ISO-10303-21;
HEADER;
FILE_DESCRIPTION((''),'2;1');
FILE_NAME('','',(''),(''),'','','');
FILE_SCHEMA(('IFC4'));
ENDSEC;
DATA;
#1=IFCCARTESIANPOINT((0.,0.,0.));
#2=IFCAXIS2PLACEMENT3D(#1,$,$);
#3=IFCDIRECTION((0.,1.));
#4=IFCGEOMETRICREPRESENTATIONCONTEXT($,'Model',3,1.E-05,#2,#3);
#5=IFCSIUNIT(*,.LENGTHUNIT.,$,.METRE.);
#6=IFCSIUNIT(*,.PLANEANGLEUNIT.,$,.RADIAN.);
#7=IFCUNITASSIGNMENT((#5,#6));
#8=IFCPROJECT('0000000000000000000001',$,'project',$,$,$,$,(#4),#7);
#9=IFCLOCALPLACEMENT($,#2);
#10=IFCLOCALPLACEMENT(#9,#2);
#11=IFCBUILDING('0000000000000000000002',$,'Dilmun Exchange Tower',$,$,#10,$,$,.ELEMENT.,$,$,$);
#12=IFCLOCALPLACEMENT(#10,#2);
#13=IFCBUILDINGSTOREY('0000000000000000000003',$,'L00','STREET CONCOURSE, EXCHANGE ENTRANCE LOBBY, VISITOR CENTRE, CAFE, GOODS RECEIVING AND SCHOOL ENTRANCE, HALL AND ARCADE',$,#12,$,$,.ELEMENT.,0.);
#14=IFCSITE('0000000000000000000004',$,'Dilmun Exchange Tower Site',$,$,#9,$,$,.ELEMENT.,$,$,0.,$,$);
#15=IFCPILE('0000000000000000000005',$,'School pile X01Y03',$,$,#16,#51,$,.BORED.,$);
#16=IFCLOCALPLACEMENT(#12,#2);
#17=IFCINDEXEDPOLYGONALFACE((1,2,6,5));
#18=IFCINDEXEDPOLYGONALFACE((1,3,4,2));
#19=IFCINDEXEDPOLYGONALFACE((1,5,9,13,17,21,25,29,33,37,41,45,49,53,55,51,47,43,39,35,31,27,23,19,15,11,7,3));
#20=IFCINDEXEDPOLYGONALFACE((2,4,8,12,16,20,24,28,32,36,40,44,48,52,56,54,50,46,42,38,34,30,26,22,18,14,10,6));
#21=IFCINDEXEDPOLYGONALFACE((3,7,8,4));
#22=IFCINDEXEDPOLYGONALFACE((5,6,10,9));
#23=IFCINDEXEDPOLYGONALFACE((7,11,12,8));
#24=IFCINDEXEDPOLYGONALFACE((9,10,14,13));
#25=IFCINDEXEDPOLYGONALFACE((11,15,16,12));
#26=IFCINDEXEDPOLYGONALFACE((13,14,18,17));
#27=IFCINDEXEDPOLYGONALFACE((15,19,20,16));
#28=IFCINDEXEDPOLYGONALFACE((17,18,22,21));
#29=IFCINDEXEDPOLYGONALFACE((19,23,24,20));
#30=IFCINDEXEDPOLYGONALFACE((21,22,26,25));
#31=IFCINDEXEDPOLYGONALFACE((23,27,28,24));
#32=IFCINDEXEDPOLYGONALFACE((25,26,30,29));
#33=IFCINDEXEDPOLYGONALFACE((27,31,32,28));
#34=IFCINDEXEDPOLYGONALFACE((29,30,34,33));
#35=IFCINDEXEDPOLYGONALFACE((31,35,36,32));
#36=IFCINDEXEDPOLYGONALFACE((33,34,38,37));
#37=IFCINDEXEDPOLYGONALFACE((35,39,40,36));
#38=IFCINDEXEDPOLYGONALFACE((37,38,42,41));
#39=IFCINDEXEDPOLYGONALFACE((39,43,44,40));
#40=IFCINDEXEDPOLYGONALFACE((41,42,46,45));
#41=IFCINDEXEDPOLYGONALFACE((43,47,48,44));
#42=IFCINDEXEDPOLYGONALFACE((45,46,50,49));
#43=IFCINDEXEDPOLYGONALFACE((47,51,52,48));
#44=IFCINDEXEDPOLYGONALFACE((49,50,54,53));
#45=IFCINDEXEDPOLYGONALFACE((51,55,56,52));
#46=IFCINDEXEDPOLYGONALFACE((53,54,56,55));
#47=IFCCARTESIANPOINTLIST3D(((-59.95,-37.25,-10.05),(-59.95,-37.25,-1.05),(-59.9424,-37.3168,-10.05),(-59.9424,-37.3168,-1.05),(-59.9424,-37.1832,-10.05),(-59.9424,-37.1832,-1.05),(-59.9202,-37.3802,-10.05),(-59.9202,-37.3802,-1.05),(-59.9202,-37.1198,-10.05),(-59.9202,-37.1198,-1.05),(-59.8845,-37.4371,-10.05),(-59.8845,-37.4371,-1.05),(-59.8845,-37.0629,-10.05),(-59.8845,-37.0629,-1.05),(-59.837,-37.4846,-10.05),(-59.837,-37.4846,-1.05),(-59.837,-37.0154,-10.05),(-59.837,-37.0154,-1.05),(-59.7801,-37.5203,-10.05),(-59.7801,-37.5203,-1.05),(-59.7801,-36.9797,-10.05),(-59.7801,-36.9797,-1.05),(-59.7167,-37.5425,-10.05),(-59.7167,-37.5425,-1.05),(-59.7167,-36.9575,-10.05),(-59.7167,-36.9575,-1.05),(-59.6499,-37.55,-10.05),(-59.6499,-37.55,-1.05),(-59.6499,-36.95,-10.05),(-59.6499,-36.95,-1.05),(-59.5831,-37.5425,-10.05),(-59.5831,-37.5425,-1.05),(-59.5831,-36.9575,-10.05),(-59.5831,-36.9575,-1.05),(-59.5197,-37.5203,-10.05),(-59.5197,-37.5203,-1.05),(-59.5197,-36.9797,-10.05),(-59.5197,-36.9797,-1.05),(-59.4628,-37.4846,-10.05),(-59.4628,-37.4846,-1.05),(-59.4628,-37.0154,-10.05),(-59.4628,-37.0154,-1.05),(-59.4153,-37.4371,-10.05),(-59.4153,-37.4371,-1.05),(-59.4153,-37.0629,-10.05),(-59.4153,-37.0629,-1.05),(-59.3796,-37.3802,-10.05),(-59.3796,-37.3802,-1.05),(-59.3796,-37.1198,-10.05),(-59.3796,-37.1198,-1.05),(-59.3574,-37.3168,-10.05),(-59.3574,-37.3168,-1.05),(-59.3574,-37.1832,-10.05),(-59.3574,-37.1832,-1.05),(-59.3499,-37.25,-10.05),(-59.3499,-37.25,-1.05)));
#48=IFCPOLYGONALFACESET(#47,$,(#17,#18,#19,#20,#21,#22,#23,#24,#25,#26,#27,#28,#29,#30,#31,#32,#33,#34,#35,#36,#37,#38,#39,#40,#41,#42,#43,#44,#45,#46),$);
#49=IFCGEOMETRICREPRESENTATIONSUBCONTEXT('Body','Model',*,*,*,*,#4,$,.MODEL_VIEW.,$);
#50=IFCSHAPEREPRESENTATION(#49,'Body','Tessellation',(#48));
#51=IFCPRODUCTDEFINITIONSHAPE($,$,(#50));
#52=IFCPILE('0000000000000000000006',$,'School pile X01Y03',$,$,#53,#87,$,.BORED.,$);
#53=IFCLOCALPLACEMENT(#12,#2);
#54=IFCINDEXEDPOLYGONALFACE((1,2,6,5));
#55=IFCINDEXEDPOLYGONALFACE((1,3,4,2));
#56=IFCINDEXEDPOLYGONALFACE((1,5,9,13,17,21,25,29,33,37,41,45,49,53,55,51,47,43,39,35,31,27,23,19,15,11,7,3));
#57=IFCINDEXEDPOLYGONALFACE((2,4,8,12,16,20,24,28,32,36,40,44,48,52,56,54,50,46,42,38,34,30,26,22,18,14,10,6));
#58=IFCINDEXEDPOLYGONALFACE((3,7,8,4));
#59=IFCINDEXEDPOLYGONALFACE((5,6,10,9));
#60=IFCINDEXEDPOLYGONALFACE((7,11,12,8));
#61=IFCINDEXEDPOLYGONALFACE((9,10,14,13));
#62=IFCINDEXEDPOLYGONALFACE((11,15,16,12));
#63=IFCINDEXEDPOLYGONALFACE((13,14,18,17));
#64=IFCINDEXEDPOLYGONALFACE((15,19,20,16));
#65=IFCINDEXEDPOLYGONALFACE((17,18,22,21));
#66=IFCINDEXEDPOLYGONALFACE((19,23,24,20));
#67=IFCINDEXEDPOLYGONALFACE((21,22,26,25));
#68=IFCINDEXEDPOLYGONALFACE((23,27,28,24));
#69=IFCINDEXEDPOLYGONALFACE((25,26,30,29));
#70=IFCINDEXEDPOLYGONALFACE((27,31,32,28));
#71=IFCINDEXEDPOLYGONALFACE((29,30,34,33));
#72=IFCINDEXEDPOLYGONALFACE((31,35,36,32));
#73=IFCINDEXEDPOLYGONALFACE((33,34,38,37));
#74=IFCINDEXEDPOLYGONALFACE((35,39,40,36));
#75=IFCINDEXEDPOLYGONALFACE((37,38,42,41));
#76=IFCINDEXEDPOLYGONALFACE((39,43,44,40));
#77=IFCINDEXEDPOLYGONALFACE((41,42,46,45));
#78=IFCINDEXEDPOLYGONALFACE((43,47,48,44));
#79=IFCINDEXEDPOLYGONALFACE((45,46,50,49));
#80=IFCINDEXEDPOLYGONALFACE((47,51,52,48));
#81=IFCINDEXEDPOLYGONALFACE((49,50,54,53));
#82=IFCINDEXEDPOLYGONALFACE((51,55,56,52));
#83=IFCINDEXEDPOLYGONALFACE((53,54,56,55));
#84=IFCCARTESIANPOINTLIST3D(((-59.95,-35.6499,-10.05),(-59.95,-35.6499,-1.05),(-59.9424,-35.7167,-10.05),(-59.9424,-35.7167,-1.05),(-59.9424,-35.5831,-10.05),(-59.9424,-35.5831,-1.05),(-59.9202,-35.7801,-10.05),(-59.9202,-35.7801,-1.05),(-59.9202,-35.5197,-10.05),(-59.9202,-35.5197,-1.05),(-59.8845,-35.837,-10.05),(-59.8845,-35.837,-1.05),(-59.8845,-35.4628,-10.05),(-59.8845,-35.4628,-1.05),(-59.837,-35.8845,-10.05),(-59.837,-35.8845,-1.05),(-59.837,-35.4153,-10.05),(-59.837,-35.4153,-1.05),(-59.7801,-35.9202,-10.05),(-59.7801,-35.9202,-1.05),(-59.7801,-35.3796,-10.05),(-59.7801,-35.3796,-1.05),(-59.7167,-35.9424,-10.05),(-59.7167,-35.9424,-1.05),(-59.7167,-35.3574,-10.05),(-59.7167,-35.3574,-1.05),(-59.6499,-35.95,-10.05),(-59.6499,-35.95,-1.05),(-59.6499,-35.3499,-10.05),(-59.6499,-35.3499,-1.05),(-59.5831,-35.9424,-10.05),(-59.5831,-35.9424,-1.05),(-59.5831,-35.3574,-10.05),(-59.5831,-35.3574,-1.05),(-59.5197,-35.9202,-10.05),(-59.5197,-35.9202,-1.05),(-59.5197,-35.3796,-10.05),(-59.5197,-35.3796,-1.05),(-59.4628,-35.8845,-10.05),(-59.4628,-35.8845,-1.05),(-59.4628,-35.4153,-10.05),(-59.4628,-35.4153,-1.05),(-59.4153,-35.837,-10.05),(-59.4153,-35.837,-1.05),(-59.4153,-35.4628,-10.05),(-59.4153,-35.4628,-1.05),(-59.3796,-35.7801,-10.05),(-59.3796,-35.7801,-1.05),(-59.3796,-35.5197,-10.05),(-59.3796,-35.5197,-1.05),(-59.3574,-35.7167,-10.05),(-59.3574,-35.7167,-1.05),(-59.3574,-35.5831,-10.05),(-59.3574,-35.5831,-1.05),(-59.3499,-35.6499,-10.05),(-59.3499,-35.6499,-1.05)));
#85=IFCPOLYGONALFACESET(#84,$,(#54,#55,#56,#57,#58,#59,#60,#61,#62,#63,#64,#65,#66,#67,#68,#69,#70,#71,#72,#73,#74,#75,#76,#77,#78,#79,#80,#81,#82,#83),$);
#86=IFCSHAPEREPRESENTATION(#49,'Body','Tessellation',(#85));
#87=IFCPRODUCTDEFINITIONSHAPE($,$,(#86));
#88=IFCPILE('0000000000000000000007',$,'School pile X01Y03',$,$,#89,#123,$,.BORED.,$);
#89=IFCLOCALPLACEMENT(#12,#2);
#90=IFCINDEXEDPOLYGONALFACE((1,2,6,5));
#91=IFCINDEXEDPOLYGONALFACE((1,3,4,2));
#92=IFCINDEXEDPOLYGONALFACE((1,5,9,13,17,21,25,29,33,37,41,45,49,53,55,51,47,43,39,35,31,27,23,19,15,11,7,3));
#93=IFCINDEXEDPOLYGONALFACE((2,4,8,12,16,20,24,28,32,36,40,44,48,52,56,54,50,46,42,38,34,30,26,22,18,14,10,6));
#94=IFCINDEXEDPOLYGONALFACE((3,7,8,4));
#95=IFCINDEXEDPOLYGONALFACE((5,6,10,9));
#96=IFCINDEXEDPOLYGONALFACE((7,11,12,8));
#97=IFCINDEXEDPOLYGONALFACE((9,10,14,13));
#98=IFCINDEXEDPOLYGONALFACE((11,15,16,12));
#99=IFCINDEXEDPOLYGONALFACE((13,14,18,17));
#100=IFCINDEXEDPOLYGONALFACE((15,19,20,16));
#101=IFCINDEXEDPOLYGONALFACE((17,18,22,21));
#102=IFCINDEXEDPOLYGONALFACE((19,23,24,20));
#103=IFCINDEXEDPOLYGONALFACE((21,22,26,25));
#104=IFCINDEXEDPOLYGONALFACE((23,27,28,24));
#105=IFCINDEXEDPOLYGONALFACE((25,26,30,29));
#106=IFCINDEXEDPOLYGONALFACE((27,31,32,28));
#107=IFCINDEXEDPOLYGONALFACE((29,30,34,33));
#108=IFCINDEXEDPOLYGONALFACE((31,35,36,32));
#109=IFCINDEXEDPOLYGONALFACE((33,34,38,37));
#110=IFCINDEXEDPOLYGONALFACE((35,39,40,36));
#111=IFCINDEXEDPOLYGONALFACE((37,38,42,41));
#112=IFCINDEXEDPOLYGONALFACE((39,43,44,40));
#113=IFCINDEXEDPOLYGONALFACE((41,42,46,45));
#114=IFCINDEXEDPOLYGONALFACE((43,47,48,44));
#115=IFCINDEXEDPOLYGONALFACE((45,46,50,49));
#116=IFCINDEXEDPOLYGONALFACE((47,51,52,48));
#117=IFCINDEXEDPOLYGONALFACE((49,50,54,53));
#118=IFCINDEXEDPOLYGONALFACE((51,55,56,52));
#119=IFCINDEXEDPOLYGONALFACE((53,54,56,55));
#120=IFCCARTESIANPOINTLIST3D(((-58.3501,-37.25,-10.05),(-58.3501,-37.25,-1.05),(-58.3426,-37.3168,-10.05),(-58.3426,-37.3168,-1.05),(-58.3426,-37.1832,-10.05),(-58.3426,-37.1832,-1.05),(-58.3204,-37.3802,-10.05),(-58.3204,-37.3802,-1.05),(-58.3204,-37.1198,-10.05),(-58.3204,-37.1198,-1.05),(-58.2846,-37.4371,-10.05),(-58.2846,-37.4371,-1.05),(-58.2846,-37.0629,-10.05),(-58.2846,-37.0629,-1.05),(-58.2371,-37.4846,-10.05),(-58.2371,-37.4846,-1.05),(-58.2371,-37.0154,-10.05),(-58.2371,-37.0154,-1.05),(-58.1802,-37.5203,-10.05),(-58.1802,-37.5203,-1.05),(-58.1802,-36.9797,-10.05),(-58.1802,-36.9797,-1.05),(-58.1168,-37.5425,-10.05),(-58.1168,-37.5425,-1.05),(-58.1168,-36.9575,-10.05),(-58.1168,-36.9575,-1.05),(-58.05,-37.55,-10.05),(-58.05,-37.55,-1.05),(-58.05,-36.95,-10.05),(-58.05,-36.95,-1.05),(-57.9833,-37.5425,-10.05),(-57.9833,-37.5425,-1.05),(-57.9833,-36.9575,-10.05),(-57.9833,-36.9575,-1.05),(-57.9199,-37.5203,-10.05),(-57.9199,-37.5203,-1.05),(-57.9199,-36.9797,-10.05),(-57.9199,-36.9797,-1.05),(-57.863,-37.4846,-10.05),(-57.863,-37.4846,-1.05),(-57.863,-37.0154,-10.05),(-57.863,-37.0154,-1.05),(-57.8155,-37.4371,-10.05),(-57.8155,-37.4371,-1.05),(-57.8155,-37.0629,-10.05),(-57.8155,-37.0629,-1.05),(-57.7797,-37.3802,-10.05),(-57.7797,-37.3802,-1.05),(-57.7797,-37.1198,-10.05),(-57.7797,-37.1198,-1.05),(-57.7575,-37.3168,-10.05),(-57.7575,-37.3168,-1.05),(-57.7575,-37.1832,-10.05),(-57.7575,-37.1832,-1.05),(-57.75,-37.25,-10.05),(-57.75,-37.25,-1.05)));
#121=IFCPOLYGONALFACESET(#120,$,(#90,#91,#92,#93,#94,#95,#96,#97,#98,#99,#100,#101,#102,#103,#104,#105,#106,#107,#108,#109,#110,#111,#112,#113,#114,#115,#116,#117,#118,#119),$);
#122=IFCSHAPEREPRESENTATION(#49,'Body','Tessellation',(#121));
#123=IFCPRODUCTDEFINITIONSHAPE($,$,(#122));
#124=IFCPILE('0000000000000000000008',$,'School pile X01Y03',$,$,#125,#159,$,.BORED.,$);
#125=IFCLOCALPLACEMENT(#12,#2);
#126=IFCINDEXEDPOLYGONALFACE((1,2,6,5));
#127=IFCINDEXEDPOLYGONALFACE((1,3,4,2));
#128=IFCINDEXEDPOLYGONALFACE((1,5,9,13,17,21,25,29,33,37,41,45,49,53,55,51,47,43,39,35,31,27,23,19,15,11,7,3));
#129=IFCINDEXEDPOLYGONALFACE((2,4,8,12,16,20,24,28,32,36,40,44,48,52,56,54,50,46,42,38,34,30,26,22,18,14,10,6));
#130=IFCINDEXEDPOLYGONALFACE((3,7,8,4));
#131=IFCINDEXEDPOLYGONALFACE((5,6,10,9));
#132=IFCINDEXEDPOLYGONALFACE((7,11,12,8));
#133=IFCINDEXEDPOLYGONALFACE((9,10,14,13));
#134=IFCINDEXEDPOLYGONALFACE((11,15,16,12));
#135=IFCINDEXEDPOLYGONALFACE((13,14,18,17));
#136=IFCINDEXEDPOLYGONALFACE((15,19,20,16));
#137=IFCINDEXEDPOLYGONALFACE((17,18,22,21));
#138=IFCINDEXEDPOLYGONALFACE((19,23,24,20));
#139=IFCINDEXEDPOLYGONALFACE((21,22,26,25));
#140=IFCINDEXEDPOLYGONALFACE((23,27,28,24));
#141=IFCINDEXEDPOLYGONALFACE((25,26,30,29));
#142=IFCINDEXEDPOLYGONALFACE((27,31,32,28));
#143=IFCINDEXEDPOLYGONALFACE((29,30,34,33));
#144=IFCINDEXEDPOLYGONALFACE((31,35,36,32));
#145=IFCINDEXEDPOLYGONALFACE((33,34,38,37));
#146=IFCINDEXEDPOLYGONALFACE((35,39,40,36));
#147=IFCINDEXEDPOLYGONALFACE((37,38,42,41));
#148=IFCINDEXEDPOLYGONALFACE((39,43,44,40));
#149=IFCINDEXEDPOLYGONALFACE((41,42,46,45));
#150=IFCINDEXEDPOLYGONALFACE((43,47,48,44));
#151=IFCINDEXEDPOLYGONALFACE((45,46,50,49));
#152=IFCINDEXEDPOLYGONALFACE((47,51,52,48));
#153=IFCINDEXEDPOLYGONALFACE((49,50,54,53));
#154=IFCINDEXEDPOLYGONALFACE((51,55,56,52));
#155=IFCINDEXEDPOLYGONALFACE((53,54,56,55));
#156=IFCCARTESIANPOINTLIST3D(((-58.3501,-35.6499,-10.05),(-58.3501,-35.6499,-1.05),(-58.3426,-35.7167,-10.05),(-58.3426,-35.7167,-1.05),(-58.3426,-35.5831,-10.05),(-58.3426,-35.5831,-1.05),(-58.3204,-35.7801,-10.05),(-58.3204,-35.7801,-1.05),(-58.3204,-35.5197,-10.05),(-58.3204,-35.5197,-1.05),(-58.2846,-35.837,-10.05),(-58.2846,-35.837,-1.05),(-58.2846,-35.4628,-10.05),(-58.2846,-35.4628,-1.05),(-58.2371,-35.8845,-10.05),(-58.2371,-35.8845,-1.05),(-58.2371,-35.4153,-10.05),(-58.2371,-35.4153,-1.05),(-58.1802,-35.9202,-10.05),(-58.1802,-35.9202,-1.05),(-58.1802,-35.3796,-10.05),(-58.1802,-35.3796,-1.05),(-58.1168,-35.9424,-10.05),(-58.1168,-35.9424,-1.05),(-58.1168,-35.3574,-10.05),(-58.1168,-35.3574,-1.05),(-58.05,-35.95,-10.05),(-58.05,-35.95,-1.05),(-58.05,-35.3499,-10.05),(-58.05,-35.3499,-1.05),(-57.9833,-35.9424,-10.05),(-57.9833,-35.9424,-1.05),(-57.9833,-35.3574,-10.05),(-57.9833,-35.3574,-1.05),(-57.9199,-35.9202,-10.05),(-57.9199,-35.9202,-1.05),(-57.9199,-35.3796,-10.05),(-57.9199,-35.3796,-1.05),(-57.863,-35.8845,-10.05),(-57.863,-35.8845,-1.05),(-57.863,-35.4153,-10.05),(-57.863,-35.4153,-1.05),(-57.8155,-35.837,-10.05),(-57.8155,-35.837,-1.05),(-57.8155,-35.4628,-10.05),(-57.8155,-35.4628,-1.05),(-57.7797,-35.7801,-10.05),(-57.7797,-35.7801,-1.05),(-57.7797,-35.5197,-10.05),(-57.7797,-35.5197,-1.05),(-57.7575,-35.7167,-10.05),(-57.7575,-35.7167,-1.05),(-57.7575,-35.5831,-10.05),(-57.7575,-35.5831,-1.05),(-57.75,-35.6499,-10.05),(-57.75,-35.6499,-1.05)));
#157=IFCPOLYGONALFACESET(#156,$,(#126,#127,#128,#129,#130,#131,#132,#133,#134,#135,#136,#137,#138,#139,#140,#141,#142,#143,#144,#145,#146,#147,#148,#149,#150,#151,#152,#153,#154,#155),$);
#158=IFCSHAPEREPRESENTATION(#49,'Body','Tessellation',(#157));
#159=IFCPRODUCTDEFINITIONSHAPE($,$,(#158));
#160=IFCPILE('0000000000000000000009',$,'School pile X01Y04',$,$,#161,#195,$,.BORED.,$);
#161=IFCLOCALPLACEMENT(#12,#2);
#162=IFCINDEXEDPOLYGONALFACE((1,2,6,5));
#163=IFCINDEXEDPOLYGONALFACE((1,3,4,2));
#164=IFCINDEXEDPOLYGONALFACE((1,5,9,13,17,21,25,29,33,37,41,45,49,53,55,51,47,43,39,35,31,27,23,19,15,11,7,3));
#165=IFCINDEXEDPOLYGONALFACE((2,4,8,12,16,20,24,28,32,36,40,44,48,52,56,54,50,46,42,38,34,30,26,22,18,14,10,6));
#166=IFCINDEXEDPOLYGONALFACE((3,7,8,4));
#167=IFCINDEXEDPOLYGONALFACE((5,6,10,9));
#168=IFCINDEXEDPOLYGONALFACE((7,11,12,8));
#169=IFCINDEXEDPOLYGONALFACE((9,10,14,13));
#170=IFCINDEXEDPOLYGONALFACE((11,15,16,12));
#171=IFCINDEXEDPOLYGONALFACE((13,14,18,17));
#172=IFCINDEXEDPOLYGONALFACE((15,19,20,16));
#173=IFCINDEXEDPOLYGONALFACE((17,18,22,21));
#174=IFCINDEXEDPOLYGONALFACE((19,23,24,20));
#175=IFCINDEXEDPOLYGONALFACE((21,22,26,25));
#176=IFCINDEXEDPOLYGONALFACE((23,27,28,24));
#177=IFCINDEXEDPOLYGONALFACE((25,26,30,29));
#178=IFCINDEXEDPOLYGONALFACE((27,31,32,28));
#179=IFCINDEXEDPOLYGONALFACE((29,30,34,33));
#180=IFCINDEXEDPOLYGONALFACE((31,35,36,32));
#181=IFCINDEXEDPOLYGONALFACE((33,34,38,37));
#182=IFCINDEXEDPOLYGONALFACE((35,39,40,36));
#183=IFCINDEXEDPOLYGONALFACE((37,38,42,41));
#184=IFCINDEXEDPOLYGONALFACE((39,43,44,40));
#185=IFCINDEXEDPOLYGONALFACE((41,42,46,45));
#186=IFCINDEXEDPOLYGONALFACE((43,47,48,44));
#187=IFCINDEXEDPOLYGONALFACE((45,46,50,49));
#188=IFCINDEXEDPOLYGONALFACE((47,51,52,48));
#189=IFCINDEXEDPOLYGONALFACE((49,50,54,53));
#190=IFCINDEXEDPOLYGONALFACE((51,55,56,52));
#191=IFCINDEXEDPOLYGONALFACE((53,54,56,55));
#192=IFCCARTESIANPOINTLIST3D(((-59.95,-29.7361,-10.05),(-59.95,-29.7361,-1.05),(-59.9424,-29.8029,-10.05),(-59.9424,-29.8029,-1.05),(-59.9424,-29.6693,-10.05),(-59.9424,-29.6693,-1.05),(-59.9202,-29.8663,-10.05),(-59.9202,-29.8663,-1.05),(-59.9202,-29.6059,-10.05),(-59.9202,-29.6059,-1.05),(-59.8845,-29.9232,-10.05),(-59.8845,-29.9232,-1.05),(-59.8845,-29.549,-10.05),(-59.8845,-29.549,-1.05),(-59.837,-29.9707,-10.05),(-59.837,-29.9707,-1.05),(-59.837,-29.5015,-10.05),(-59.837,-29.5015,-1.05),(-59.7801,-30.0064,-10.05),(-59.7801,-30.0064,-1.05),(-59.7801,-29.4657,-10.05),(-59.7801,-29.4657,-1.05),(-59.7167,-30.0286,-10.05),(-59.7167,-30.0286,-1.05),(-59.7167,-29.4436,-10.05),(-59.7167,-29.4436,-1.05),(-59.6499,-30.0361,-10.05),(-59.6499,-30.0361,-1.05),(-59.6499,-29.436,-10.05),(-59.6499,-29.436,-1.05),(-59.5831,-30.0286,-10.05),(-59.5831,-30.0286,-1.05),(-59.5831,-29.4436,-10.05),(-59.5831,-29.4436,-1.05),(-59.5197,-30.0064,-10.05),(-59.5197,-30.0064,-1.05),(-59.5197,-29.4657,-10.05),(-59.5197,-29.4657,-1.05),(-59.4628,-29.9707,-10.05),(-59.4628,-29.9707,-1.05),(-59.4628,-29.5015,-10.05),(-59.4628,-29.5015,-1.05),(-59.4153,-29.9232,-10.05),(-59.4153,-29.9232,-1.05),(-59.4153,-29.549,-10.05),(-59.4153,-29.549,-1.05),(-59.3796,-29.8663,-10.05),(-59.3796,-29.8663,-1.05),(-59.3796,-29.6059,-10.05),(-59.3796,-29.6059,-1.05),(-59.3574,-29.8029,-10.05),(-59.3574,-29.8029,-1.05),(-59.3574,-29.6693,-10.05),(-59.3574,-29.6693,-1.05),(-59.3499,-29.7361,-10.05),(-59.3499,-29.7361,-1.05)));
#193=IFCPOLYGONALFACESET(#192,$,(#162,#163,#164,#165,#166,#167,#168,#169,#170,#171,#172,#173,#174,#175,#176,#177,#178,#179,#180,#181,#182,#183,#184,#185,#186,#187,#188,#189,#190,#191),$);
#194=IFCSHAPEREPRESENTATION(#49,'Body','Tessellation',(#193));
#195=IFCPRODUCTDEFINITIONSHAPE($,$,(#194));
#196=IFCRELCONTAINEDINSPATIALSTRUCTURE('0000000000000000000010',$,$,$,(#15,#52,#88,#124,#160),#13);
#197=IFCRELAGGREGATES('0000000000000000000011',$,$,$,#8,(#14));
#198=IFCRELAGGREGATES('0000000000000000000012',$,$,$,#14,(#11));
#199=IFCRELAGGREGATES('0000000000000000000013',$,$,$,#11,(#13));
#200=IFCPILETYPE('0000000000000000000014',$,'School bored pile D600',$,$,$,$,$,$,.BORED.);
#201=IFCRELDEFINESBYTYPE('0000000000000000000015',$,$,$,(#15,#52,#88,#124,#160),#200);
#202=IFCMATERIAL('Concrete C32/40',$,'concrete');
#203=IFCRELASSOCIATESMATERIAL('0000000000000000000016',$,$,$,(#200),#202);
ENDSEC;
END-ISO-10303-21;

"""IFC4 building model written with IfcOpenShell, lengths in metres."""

from ifc_helpers import new_model, si_unit, direction, frame, origin, origin_2d, place, context, subcontext, project, spatial, circle, extrude, material, material_profile, profile_set, type_object, element, save


model = new_model("IFC4")

# Units and contexts
model_context = context("Model", 3, precision=1e-05, world=origin(), true_north=direction((0.0, 1.0)))
body_context = subcontext(model_context, "Body", "Model", "MODEL_VIEW")
ifc_project = project(units=[si_unit("LENGTHUNIT", "METRE"), si_unit("PLANEANGLEUNIT", "RADIAN")], contexts=[model_context])

# Site, building, storey
site_placement = place(None, origin())
site = spatial("IfcSite", under=ifc_project, at=site_placement, Name="Dilmun Exchange Tower Site", CompositionType="ELEMENT", RefElevation=0.0)
building_placement = place(site_placement, origin())
building = spatial("IfcBuilding", under=site, at=building_placement, Name="Dilmun Exchange Tower", CompositionType="ELEMENT")
storey_placement = place(building_placement, origin())
storey = spatial("IfcBuildingStorey", under=building, at=storey_placement, Name="L00", Description="STREET CONCOURSE, EXCHANGE ENTRANCE LOBBY, VISITOR CENTRE, CAFE, GOODS RECEIVING AND SCHOOL ENTRANCE, HALL AND ARCADE", CompositionType="ELEMENT", Elevation=0.0)

# Piles
ifc_material_1 = material(Name="Concrete C32/40", Category="concrete")
ifc_material_profile_1 = material_profile(ifc_material_1, circle(Radius=0.3, at=origin_2d()), Name="D600")
ifc_profile_set_1 = profile_set([ifc_material_profile_1], Name="Concrete C32/40")
pile_type = type_object("IfcPileType", Name="School bored pile D600", PredefinedType="BORED", material=ifc_profile_set_1)
for number, where, z_axis, x_axis, name in (
    (1, (-59.6499, -37.25, -1.05), (0.0, 0.0, -1.0), (1.0, 0.0, 0.0), "School pile X01Y03"),
    (2, (-59.6499, -35.6499, -1.05), (0.0, 0.0, -1.0), (1.0, 0.0, 0.0), "School pile X01Y03"),
    (3, (-58.05, -37.25, -1.05), (0.0, 0.0, -1.0), (1.0, 0.0, 0.0), "School pile X01Y03"),
    (4, (-58.05, -35.6499, -1.05), (0.0, 0.0, -1.0), (1.0, 0.0, 0.0), "School pile X01Y03"),
    (5, (-59.6499, -29.7361, -1.05), (0.0, 0.0, -1.0), (1.0, 0.0, 0.0), "School pile X01Y04"),
):
    element("IfcPile", number, at=place(storey_placement, frame(where, z_axis=z_axis, x_axis=x_axis)), inside=storey, type_object=pile_type, Name=name, PredefinedType="BORED", context=body_context, shape_type="SweptSolid", body=[
        extrude(circle(Radius=0.3, at=origin_2d()), origin(), (0.0, 0.0, 1.0), 9.0),
    ])

save(model, "model.ifc")
